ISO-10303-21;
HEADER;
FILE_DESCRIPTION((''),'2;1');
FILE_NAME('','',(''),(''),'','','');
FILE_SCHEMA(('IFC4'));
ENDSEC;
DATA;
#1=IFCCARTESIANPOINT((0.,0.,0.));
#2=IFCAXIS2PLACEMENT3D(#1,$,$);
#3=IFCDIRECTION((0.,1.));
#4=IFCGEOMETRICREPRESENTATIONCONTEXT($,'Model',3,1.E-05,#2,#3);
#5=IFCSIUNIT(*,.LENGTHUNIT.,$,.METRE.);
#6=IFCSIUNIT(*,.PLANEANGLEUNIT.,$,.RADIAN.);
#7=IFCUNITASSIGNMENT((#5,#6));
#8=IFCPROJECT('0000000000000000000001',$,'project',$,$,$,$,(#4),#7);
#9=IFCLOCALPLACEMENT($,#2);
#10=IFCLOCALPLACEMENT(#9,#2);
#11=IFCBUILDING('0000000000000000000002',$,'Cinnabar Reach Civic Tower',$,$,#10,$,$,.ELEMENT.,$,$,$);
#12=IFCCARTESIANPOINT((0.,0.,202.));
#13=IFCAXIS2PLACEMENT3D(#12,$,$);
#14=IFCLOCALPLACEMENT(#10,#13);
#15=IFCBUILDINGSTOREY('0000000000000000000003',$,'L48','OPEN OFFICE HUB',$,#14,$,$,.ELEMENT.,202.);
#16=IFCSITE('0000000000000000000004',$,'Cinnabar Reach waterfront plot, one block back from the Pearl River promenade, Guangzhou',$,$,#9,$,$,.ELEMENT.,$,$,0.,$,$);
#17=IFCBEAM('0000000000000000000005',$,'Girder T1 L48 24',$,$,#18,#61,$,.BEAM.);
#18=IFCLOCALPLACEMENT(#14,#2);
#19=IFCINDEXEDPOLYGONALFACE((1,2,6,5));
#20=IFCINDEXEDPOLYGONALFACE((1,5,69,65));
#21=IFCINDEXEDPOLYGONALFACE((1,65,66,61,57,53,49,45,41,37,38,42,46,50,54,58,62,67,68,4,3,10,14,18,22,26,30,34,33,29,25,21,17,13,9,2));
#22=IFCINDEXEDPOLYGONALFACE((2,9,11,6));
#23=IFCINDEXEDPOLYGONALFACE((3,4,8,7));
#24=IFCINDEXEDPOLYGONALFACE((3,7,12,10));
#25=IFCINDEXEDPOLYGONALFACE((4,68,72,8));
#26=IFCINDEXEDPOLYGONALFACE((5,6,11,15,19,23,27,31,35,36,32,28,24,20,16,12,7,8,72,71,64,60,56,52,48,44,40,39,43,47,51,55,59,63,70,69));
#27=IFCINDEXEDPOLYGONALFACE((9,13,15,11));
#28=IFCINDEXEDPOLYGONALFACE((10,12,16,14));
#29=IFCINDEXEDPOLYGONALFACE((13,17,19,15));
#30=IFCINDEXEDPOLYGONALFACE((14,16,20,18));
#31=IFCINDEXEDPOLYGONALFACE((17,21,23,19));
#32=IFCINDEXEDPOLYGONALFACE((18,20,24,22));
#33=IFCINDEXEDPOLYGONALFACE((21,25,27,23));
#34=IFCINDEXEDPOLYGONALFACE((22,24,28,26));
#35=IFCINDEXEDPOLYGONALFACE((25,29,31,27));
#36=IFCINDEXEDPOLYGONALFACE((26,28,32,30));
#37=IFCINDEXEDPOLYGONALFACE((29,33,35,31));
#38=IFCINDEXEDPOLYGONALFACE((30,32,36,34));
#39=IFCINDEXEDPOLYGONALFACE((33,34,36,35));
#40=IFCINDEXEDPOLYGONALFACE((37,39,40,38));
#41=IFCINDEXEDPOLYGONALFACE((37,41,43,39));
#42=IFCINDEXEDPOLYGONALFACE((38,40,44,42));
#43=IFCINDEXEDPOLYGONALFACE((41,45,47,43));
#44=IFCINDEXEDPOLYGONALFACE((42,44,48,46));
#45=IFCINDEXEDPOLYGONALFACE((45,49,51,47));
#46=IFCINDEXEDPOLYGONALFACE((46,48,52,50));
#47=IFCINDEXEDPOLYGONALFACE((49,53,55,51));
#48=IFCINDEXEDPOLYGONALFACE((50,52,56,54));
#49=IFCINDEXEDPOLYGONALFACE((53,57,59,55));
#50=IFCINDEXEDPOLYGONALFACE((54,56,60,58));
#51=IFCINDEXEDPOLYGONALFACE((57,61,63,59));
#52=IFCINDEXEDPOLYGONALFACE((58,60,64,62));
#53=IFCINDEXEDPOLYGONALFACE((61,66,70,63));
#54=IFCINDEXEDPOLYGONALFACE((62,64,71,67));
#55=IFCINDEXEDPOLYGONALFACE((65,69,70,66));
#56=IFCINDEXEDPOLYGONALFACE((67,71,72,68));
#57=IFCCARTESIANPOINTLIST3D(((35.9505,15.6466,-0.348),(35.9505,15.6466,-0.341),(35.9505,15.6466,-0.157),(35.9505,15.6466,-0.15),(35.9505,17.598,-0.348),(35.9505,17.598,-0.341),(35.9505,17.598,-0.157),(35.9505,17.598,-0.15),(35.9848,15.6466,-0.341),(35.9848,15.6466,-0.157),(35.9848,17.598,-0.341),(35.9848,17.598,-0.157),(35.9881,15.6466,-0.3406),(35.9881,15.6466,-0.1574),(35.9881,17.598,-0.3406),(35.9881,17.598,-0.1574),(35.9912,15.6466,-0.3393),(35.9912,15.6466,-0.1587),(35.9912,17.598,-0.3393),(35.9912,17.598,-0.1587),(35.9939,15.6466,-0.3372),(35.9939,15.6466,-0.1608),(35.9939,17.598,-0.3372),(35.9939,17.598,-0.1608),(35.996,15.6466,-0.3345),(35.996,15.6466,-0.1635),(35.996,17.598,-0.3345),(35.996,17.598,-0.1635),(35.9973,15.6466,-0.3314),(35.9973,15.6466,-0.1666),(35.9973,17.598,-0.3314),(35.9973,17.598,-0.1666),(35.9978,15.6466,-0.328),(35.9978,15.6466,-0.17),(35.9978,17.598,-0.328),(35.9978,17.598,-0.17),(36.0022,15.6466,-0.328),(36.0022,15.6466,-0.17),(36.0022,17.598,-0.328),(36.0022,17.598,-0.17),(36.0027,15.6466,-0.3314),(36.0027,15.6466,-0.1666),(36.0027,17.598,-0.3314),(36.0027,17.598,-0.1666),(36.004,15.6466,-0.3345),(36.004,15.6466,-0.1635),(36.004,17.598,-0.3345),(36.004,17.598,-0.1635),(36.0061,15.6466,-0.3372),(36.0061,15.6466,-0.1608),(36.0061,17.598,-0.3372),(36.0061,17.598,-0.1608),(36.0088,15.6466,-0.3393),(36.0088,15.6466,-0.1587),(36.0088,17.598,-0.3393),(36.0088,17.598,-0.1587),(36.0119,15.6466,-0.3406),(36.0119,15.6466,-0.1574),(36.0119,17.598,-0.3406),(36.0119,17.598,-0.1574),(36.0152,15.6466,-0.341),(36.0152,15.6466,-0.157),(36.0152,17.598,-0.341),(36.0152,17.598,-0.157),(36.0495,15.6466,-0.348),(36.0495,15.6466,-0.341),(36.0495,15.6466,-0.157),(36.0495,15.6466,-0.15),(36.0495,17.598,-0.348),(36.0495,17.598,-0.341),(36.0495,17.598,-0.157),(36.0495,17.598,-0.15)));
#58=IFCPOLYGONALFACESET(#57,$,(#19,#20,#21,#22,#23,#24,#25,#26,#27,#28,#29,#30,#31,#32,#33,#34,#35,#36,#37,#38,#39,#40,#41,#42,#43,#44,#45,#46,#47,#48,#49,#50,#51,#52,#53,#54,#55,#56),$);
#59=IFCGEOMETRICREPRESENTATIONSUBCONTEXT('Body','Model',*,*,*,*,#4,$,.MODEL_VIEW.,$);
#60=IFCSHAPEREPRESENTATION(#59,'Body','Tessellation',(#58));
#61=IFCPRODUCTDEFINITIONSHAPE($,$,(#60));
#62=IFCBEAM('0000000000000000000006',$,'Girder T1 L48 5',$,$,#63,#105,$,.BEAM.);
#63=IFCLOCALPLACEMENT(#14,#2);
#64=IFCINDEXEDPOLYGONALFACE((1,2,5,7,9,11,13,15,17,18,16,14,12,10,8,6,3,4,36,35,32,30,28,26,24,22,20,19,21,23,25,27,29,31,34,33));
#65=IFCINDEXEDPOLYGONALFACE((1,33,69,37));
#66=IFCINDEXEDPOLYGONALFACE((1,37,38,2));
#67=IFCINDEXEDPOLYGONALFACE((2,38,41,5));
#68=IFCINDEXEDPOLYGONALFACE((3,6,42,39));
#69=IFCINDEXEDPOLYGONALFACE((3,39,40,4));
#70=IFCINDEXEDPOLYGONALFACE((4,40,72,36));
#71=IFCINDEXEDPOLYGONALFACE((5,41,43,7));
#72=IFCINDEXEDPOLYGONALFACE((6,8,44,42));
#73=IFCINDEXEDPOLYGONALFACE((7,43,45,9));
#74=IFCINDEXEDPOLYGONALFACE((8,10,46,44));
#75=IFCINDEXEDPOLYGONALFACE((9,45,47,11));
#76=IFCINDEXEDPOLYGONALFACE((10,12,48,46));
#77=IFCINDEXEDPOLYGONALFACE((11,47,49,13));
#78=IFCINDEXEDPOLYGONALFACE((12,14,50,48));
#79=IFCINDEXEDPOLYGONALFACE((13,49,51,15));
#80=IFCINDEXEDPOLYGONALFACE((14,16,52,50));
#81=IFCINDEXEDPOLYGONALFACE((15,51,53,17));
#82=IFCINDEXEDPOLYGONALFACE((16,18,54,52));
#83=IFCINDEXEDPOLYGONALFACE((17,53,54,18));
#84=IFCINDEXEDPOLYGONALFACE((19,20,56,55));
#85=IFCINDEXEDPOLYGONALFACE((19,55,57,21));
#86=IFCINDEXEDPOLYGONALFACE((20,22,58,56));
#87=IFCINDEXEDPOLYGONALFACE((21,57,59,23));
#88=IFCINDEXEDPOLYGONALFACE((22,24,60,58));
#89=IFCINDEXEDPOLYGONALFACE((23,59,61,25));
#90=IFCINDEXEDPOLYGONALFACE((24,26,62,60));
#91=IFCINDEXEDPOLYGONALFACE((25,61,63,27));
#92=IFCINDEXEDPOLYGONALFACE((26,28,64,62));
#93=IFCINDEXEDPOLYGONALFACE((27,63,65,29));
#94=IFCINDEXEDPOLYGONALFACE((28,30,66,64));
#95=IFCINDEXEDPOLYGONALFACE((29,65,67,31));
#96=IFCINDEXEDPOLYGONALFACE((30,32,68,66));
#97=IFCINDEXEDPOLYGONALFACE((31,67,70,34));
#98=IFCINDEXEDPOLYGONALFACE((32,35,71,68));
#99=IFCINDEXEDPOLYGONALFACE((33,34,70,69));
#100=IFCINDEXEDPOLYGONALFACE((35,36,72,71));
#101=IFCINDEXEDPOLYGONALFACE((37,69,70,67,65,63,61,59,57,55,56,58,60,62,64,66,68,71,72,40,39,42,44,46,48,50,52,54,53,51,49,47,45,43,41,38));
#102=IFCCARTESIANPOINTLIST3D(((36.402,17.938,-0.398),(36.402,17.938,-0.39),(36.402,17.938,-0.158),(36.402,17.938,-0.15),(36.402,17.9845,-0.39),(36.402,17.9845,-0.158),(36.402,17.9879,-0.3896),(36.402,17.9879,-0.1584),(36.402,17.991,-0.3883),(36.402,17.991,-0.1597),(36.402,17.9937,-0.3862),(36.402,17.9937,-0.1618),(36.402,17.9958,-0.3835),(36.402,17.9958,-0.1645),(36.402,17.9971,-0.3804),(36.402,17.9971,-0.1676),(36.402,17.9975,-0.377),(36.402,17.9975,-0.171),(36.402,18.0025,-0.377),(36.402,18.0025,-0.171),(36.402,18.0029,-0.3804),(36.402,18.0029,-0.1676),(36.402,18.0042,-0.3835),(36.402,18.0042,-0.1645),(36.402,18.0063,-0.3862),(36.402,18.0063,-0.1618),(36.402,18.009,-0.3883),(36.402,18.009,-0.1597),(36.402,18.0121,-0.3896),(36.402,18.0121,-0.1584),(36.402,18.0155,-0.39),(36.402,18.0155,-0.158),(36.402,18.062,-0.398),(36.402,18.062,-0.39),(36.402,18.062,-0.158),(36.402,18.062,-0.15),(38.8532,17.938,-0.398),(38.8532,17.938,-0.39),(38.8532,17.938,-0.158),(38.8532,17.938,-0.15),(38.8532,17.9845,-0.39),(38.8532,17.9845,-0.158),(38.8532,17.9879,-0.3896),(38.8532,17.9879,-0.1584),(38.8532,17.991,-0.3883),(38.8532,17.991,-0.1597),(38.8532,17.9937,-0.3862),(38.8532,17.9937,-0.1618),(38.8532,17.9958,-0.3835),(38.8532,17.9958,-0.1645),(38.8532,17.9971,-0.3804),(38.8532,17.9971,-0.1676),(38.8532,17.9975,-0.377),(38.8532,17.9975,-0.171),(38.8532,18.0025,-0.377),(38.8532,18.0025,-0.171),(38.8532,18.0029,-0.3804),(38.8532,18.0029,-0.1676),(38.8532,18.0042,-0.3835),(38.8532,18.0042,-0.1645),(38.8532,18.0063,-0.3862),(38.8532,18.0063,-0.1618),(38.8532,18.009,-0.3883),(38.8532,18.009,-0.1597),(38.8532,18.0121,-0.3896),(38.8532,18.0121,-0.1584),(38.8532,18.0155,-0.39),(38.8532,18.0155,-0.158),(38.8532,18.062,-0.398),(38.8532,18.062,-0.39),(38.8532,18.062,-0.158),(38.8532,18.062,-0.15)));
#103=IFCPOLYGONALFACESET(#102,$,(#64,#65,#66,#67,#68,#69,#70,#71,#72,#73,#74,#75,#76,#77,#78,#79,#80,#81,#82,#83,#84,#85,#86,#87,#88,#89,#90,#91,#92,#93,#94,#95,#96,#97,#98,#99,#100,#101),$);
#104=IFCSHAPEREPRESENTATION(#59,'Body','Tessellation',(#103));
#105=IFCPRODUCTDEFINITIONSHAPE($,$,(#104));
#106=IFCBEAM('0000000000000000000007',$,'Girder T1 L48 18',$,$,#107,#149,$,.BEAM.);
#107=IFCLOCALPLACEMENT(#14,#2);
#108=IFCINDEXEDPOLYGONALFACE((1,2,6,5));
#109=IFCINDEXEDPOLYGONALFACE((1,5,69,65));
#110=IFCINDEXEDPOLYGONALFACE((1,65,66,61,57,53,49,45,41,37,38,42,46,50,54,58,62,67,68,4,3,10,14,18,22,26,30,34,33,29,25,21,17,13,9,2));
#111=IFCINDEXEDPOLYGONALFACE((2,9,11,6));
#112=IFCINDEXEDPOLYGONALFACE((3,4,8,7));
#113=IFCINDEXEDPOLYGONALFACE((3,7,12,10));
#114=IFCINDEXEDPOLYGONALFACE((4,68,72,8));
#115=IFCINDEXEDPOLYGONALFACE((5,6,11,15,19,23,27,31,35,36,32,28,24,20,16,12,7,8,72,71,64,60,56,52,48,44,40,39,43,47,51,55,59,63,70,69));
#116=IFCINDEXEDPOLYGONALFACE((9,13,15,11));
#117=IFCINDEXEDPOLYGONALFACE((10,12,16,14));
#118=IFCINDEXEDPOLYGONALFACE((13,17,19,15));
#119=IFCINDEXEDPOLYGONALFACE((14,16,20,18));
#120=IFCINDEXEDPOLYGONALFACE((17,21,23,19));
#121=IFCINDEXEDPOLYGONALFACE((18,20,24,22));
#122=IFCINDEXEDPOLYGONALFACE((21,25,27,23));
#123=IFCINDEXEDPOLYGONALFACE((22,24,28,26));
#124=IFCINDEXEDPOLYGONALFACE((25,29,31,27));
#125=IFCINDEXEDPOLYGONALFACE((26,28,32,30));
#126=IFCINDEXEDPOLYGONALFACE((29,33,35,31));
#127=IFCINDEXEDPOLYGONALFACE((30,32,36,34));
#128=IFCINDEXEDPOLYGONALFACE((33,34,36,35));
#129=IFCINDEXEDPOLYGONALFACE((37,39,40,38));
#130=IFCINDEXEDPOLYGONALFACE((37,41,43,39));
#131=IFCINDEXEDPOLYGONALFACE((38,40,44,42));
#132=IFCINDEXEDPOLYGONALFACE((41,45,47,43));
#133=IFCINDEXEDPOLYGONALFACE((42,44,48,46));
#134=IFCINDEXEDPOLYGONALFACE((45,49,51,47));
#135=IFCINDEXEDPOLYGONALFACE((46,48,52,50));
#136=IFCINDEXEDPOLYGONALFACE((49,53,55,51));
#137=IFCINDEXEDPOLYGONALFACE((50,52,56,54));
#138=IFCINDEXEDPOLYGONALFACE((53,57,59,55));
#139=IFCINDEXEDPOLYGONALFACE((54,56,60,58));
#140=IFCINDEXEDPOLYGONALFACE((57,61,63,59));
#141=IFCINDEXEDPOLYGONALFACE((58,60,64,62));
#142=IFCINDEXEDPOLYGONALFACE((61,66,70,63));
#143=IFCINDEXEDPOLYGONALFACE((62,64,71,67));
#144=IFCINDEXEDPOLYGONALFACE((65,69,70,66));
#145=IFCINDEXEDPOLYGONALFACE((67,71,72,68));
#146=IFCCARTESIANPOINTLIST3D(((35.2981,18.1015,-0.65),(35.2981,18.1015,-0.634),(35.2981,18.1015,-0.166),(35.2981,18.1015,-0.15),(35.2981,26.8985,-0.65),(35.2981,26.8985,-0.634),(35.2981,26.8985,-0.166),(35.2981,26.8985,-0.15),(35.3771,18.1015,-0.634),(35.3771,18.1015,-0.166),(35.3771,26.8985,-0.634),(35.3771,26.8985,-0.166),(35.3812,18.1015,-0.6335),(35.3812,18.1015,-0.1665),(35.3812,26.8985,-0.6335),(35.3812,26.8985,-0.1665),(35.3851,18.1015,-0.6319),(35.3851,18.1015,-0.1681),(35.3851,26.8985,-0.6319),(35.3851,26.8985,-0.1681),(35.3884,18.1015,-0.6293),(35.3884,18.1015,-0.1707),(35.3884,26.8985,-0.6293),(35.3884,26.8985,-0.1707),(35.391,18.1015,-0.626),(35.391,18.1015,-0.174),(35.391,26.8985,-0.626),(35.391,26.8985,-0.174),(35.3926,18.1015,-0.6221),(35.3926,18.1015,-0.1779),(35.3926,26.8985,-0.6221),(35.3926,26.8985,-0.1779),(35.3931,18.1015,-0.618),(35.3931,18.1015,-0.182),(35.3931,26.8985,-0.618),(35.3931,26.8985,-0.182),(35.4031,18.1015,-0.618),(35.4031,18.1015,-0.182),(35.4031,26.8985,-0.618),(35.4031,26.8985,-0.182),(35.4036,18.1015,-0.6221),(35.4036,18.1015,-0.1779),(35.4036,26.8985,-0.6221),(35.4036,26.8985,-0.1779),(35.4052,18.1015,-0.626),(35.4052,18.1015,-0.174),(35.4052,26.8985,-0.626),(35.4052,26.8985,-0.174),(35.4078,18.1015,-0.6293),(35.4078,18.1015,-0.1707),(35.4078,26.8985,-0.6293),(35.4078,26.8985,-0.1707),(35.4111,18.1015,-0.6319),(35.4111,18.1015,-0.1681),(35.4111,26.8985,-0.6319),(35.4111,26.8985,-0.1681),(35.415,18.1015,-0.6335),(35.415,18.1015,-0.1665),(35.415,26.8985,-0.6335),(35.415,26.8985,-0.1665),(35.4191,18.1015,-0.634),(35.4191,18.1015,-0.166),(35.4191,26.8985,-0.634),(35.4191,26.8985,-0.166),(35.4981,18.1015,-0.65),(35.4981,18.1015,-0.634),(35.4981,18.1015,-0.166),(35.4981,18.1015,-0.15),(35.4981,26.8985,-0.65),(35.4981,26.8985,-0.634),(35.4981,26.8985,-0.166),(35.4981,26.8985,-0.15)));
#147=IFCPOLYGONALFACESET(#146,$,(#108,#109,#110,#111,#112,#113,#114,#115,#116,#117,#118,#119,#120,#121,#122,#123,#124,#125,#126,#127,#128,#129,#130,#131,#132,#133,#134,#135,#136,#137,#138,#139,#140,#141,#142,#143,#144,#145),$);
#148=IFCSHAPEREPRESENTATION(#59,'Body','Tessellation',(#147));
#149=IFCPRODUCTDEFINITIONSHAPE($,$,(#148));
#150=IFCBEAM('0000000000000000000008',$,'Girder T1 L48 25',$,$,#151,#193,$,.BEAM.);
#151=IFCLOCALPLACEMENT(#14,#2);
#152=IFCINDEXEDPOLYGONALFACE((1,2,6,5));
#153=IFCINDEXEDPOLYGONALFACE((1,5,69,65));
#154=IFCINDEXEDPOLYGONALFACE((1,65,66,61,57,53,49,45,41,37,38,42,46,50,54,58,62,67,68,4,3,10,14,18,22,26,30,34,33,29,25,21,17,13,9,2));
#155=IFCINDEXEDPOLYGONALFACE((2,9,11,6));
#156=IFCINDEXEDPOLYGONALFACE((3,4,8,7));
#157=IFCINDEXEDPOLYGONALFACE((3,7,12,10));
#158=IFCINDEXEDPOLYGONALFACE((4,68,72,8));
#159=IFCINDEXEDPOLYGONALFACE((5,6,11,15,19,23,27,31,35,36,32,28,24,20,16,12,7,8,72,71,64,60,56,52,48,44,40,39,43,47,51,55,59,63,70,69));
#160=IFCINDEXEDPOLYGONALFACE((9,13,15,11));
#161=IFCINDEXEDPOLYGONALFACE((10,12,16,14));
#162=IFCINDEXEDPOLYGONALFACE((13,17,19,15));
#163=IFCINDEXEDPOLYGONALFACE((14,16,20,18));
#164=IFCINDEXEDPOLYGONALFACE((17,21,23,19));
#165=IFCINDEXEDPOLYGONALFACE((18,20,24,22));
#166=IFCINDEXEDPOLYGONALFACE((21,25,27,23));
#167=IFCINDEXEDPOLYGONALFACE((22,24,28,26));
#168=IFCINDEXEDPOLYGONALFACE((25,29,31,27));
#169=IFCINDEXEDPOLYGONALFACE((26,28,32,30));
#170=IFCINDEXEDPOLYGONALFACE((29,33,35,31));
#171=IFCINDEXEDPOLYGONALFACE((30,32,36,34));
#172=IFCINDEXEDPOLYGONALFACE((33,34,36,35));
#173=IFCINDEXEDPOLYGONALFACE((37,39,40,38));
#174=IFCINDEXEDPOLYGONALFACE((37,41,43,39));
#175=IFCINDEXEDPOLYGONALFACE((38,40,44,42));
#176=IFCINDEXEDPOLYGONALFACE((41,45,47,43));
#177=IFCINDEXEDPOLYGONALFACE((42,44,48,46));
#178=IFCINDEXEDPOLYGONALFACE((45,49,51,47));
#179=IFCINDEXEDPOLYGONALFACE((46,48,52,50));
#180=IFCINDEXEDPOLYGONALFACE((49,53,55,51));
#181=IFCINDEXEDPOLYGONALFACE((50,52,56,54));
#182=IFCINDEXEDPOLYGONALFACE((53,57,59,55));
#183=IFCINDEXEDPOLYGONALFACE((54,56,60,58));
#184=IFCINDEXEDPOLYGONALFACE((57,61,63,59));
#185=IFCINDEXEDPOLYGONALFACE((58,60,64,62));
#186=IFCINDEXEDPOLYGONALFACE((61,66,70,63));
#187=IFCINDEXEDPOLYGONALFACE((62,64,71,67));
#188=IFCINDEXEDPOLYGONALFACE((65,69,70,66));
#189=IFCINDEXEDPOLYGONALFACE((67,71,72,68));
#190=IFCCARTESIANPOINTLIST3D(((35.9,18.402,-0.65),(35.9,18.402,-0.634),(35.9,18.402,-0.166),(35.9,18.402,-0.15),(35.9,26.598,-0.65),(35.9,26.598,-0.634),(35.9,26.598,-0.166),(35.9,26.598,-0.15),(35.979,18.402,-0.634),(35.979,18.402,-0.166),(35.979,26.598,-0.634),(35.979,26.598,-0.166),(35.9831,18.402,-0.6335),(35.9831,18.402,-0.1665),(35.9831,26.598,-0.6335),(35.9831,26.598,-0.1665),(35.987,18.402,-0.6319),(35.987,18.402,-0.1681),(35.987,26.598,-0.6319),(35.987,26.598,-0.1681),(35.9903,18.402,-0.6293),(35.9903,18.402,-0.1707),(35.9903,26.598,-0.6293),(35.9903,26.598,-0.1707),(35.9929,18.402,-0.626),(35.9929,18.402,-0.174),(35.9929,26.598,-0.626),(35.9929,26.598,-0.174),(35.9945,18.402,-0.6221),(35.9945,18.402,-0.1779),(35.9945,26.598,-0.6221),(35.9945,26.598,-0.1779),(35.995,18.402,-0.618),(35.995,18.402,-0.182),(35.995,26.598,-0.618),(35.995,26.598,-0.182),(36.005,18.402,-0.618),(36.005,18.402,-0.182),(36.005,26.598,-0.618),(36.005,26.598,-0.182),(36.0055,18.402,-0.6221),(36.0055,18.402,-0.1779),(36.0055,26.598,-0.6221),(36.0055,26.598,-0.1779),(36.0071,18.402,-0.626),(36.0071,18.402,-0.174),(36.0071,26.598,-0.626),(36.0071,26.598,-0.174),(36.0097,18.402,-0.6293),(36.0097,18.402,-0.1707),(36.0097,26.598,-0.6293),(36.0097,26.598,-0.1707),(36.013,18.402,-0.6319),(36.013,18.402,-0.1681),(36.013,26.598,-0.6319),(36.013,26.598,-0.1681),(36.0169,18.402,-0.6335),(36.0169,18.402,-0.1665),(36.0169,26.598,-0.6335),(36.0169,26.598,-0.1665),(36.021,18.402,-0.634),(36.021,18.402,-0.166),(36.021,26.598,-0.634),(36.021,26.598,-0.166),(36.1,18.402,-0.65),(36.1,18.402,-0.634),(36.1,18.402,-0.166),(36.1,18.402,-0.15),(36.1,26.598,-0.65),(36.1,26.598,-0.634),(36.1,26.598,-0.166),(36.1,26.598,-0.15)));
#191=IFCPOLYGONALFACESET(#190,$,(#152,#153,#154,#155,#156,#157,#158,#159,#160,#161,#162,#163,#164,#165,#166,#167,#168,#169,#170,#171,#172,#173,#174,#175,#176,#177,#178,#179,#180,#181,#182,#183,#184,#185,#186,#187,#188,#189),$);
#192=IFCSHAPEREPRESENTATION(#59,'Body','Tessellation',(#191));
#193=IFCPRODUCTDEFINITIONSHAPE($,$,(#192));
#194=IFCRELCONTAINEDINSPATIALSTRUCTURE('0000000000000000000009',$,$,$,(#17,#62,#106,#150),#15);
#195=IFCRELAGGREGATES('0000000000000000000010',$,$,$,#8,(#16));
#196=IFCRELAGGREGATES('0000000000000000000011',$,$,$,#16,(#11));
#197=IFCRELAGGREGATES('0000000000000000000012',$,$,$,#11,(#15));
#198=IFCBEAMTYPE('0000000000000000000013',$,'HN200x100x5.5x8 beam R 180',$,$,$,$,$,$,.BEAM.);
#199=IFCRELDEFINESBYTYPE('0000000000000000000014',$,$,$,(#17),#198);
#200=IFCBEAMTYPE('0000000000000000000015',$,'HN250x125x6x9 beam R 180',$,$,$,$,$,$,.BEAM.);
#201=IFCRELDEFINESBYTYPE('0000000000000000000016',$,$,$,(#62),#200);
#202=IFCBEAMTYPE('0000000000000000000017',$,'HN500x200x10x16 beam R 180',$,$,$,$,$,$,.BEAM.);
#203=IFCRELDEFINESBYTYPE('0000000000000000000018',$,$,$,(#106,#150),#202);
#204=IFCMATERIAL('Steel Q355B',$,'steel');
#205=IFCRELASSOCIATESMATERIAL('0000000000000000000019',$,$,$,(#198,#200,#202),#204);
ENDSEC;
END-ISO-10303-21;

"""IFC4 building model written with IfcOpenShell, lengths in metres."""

from ifc_helpers import new_model, si_unit, direction, frame, origin, origin_2d, place, context, subcontext, project, spatial, i_section, extrude, material, material_profile, profile_set, type_object, element, save


model = new_model("IFC4")

# Units and contexts
model_context = context("Model", 3, precision=1e-05, world=origin(), true_north=direction((0.0, 1.0)))
body_context = subcontext(model_context, "Body", "Model", "MODEL_VIEW")
ifc_project = project(units=[si_unit("LENGTHUNIT", "METRE"), si_unit("PLANEANGLEUNIT", "RADIAN")], contexts=[model_context])

# Site, building, storey
site_placement = place(None, origin())
site = spatial("IfcSite", under=ifc_project, at=site_placement, Name="Cinnabar Reach waterfront plot, one block back from the Pearl River promenade, Guangzhou", CompositionType="ELEMENT", RefElevation=0.0)
building_placement = place(site_placement, origin())
building = spatial("IfcBuilding", under=site, at=building_placement, Name="Cinnabar Reach Civic Tower", CompositionType="ELEMENT")
storey_placement = place(building_placement, frame((0.0, 0.0, 202.0)))
storey = spatial("IfcBuildingStorey", under=building, at=storey_placement, Name="L48", Description="OPEN OFFICE HUB", CompositionType="ELEMENT", Elevation=202.0)

# Beams
ifc_material_1 = material(Name="Steel Q355B", Category="steel")
ifc_material_profile_1 = material_profile(ifc_material_1, i_section(OverallWidth=0.099, OverallDepth=0.198, WebThickness=0.0045, FlangeThickness=0.007, FilletRadius=0.013, at=origin_2d()), Name="HN200x100x5.5x8")
ifc_profile_set_1 = profile_set([ifc_material_profile_1], Name="Steel Q355B")
beam_type_1 = type_object("IfcBeamType", Name="HN200x100x5.5x8 beam R 180", PredefinedType="BEAM", material=ifc_profile_set_1)
beam_1_placement = place(storey_placement, frame((36.0, 15.6466, -0.249), z_axis=(0.0, 1.0, 0.0), x_axis=(-1.0, 0.0, 0.0)))
element("IfcBeam", 1, at=beam_1_placement, inside=storey, type_object=beam_type_1, Name="Girder T1 L48 24", PredefinedType="BEAM", context=body_context, shape_type="SweptSolid", body=[
    extrude(i_section(OverallWidth=0.099, OverallDepth=0.198, WebThickness=0.0045, FlangeThickness=0.007, FilletRadius=0.013, at=origin_2d()), origin(), (0.0, 0.0, 1.0), 1.9514),
])
ifc_material_profile_2 = material_profile(ifc_material_1, i_section(OverallWidth=0.124, OverallDepth=0.248, WebThickness=0.005, FlangeThickness=0.008, FilletRadius=0.013, at=origin_2d()), Name="HN250x125x6x9")
ifc_profile_set_2 = profile_set([ifc_material_profile_2], Name="Steel Q355B")
beam_type_2 = type_object("IfcBeamType", Name="HN250x125x6x9 beam R 180", PredefinedType="BEAM", material=ifc_profile_set_2)
beam_2_placement = place(storey_placement, frame((36.402, 18.0, -0.274), z_axis=(1.0, 0.0, 0.0), x_axis=(0.0, 1.0, 0.0)))
element("IfcBeam", 2, at=beam_2_placement, inside=storey, type_object=beam_type_2, Name="Girder T1 L48 5", PredefinedType="BEAM", context=body_context, shape_type="SweptSolid", body=[
    extrude(i_section(OverallWidth=0.124, OverallDepth=0.248, WebThickness=0.005, FlangeThickness=0.008, FilletRadius=0.013, at=origin_2d()), origin(), (0.0, 0.0, 1.0), 2.4512),
])
ifc_material_profile_3 = material_profile(ifc_material_1, i_section(OverallWidth=0.2, OverallDepth=0.5, WebThickness=0.01, FlangeThickness=0.016, FilletRadius=0.016, at=origin_2d()), Name="HN500x200x10x16")
ifc_profile_set_3 = profile_set([ifc_material_profile_3], Name="Steel Q355B")
beam_type_3 = type_object("IfcBeamType", Name="HN500x200x10x16 beam R 180", PredefinedType="BEAM", material=ifc_profile_set_3)
beam_3_placement = place(storey_placement, frame((35.3981, 18.1015, -0.4), z_axis=(0.0, 1.0, 0.0), x_axis=(-1.0, 0.0, 0.0)))
element("IfcBeam", 3, at=beam_3_placement, inside=storey, type_object=beam_type_3, Name="Girder T1 L48 18", PredefinedType="BEAM", context=body_context, shape_type="SweptSolid", body=[
    extrude(i_section(OverallWidth=0.2, OverallDepth=0.5, WebThickness=0.01, FlangeThickness=0.016, FilletRadius=0.016, at=origin_2d()), origin(), (0.0, 0.0, 1.0), 8.797),
])
beam_4_placement = place(storey_placement, frame((36.0, 18.402, -0.4), z_axis=(0.0, 1.0, 0.0), x_axis=(-1.0, 0.0, 0.0)))
element("IfcBeam", 4, at=beam_4_placement, inside=storey, type_object=beam_type_3, Name="Girder T1 L48 25", PredefinedType="BEAM", context=body_context, shape_type="SweptSolid", body=[
    extrude(i_section(OverallWidth=0.2, OverallDepth=0.5, WebThickness=0.01, FlangeThickness=0.016, FilletRadius=0.016, at=origin_2d()), origin(), (0.0, 0.0, 1.0), 8.196),
])

save(model, "model.ifc")
